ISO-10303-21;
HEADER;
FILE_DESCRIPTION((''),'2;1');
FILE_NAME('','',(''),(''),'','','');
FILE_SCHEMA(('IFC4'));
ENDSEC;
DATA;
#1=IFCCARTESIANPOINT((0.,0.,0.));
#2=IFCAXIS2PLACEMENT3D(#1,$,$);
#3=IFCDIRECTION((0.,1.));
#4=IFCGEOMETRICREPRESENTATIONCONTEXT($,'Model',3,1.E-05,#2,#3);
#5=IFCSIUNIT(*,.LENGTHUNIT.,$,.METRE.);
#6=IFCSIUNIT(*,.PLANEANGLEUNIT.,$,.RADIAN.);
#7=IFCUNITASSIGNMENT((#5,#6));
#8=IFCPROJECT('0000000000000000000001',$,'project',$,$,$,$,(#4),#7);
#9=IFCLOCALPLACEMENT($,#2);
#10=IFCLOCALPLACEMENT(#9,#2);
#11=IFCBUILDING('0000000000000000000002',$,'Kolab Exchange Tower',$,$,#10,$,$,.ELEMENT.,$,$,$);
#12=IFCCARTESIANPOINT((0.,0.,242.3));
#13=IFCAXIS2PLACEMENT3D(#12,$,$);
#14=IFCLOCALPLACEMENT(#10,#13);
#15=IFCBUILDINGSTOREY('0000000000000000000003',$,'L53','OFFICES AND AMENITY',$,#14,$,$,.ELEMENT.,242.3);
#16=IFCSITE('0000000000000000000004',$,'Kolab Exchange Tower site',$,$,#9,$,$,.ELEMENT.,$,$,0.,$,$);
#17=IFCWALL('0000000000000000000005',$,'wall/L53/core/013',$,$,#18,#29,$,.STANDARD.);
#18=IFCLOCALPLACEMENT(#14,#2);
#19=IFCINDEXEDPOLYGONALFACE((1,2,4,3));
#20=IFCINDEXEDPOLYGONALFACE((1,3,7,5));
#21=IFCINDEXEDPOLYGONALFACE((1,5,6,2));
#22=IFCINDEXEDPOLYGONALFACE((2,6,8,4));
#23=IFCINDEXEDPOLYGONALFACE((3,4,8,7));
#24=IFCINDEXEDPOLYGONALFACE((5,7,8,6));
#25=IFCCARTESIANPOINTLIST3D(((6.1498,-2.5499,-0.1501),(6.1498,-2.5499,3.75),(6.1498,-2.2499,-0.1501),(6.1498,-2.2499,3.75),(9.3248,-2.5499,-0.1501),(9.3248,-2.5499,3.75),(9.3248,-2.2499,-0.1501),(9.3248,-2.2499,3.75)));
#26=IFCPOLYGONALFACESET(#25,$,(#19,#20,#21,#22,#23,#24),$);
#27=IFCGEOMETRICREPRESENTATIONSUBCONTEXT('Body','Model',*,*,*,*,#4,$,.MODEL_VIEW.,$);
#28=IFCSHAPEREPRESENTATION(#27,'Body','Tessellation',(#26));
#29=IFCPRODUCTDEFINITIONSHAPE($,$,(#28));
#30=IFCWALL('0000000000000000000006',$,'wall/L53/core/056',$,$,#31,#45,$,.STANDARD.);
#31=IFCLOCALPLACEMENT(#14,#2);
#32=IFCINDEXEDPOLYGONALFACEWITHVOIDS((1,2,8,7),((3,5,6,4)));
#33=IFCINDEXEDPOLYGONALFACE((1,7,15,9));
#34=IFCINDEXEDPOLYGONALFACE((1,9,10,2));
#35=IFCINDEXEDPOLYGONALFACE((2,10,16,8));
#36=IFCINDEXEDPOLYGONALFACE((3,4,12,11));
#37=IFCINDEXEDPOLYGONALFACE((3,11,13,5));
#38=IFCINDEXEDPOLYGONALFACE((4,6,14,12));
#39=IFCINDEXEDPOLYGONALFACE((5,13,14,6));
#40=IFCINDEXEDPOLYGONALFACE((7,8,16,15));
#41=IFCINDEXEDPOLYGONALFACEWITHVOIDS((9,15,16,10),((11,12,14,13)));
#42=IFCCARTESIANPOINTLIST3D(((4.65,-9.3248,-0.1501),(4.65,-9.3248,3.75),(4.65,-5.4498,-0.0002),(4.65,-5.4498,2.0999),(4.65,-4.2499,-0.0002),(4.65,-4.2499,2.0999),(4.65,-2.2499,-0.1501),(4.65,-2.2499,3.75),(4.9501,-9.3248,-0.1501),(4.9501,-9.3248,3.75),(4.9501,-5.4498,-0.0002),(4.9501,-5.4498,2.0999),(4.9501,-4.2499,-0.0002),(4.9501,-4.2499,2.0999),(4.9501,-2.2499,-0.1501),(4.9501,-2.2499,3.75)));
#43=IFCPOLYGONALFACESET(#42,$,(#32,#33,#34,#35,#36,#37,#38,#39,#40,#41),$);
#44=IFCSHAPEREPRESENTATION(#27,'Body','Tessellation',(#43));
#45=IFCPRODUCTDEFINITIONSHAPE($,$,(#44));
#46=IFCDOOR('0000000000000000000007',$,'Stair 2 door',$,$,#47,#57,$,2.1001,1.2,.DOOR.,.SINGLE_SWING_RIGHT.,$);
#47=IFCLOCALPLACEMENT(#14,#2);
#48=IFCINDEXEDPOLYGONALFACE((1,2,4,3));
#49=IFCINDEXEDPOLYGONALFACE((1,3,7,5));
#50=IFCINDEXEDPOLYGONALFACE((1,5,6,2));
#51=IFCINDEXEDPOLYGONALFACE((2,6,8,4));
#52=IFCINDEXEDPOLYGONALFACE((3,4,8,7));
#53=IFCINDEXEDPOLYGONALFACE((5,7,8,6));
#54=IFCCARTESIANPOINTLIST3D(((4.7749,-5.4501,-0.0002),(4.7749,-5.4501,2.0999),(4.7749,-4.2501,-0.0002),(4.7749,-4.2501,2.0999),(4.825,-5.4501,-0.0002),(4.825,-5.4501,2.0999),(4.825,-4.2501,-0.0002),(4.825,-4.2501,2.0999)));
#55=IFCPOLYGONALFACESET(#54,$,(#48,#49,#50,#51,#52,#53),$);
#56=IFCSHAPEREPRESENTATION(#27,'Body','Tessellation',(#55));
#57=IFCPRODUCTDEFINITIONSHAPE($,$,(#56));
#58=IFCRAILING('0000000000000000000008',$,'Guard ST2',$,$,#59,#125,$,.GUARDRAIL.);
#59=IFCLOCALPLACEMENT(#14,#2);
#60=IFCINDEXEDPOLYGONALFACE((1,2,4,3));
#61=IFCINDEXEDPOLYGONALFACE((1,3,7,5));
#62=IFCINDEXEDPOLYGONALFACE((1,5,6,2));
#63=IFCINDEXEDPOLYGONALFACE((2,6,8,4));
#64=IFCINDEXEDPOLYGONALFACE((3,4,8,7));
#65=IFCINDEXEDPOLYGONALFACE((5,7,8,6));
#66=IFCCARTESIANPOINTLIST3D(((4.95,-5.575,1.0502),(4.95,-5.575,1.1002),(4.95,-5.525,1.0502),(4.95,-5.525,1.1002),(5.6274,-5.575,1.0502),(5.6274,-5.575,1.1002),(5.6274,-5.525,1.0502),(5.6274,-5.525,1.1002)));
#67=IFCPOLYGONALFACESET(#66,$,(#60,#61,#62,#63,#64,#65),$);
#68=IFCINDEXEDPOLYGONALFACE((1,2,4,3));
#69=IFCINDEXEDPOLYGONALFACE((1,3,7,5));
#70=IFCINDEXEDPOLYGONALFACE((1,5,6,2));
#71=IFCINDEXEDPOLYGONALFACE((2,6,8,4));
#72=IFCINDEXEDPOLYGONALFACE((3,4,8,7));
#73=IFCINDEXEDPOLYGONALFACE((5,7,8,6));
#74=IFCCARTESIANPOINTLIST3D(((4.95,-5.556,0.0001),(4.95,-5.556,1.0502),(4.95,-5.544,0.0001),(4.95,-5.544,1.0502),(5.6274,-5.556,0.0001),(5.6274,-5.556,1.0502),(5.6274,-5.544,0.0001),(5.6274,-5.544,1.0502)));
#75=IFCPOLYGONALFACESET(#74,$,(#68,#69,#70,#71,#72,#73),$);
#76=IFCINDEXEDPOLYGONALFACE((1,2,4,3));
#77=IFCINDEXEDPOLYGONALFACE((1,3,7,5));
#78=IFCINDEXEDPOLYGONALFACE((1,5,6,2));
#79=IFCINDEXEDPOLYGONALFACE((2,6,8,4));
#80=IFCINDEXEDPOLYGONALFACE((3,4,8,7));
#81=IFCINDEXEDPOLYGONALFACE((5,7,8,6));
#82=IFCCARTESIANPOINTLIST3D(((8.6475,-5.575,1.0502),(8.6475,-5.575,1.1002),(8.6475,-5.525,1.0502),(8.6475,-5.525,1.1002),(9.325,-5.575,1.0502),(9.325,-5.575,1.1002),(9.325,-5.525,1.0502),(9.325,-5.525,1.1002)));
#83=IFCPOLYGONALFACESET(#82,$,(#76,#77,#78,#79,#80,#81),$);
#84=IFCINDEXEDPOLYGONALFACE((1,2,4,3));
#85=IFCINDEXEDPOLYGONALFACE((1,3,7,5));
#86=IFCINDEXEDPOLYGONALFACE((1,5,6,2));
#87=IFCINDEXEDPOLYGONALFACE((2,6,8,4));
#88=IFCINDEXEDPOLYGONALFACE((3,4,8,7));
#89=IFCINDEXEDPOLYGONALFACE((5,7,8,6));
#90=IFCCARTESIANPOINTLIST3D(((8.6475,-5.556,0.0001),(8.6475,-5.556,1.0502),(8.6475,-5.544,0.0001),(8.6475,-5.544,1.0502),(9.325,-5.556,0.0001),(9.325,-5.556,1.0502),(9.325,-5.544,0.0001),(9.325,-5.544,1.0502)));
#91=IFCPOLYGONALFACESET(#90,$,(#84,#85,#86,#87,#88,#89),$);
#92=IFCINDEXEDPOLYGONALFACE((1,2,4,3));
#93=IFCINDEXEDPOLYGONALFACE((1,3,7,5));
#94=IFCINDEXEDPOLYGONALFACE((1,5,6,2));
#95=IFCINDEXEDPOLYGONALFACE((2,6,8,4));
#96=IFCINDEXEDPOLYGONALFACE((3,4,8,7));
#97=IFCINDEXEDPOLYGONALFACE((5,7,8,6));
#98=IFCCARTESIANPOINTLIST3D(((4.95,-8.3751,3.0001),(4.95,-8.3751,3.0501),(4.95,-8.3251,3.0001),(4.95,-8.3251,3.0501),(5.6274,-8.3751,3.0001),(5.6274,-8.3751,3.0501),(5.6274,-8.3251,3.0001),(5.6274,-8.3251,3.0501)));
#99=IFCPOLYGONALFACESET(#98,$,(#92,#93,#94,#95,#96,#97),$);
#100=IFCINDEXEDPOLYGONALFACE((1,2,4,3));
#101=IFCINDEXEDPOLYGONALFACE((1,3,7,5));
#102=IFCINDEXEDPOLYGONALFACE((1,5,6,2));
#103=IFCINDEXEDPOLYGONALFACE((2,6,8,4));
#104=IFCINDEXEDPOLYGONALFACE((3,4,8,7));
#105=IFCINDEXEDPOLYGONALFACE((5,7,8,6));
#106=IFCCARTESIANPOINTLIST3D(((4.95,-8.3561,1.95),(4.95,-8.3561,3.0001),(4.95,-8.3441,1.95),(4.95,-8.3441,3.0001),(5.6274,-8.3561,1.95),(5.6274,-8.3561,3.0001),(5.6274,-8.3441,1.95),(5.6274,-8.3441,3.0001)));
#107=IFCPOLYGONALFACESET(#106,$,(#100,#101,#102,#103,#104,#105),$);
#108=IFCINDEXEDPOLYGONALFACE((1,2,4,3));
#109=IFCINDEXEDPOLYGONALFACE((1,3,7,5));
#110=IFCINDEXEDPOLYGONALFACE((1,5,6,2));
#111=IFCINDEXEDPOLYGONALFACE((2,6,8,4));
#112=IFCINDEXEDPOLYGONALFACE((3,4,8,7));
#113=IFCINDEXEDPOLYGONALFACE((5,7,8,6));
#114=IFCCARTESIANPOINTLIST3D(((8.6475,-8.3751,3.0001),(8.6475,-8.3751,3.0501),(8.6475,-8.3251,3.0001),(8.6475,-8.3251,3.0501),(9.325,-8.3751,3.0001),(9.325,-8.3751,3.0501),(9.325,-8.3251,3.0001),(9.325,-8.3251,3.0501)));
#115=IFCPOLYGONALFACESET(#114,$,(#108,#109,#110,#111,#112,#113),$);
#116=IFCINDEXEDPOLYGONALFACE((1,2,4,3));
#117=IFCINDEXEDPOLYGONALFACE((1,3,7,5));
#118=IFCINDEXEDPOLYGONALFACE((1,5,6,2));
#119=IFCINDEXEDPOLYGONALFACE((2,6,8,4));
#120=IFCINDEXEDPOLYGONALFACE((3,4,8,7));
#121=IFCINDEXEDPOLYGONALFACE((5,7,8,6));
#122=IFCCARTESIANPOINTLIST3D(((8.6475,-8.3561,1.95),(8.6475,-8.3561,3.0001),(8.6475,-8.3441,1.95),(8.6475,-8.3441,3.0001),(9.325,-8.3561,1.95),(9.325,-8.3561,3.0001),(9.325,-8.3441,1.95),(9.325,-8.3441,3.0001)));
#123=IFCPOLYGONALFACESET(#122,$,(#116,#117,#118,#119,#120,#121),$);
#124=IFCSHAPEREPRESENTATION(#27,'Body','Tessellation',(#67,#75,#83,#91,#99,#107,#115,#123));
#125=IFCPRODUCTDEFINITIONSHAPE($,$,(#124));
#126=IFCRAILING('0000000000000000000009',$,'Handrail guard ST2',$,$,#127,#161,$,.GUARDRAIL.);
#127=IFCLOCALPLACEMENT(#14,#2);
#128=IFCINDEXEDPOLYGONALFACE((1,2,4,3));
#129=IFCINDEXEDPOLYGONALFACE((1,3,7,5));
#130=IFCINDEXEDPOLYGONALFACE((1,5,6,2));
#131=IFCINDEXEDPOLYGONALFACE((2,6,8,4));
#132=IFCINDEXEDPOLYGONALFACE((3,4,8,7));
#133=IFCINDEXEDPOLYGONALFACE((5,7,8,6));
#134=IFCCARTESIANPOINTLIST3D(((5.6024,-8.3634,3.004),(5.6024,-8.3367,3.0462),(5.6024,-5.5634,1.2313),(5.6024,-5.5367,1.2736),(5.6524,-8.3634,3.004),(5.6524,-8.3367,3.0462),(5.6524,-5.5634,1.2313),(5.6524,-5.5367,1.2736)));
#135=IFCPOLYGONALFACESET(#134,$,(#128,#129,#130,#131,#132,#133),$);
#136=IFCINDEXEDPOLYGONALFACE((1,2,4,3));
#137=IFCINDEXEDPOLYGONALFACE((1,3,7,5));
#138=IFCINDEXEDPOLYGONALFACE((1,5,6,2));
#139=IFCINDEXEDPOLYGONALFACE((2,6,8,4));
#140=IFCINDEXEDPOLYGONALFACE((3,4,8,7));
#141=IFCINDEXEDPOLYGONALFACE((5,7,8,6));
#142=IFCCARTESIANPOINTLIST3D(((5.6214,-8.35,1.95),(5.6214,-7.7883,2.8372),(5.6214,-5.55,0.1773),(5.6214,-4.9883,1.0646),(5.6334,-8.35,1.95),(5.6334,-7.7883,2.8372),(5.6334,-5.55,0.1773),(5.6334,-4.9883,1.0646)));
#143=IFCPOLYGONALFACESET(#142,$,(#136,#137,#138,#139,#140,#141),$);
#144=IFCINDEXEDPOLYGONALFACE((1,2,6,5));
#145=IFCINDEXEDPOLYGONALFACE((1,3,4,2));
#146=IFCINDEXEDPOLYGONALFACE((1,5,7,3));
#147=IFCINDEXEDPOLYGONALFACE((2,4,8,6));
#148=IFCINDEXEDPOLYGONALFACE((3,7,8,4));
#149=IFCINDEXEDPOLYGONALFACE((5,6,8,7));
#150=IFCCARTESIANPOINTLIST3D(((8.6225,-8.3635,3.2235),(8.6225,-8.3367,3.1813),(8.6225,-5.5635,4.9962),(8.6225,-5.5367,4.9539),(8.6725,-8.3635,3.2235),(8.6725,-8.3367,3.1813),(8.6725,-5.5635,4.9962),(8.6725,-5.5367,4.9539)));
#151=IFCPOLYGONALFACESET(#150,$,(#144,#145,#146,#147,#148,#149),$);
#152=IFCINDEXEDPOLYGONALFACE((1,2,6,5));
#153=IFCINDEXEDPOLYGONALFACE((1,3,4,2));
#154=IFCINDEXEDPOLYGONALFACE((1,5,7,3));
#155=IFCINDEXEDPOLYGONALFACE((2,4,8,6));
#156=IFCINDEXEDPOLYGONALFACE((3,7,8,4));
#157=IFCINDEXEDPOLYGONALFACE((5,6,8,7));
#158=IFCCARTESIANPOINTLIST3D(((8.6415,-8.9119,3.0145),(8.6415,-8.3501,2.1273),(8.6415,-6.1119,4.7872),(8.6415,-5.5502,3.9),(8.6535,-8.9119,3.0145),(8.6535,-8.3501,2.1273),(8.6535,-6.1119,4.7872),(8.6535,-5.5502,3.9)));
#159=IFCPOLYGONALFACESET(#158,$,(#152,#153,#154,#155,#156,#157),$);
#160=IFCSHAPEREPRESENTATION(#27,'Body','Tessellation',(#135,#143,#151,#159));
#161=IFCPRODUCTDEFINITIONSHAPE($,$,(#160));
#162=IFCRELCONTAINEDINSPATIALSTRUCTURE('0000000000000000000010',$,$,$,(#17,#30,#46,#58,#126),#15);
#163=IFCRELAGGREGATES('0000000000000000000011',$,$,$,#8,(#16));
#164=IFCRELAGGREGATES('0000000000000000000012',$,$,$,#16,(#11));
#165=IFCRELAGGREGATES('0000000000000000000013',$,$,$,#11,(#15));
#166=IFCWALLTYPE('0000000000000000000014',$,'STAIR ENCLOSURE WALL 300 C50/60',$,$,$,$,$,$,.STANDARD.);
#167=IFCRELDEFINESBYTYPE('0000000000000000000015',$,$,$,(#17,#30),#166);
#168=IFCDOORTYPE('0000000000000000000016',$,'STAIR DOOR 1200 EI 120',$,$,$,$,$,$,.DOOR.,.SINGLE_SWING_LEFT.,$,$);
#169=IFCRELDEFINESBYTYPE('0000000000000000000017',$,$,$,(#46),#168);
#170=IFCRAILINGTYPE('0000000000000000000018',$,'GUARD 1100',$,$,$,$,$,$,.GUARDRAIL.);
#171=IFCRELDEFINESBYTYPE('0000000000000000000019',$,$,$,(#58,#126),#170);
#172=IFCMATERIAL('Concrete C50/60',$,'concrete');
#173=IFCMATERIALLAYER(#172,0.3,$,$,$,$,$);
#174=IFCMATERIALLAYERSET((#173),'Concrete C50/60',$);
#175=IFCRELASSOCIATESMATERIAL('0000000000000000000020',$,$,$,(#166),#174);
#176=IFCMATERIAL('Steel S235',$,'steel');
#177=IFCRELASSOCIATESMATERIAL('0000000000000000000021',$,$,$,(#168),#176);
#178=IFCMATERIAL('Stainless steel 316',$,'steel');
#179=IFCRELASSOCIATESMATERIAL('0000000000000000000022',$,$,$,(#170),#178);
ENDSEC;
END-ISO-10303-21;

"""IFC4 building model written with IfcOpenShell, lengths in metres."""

from ifc_helpers import new_model, si_unit, direction, frame, frame_2d, origin, origin_2d, place, context, subcontext, project, spatial, rectangle, extrude, material, layer, layer_set, type_object, element, fill, save


model = new_model("IFC4")

# Units and contexts
model_context = context("Model", 3, precision=1e-05, world=origin(), true_north=direction((0.0, 1.0)))
body_context = subcontext(model_context, "Body", "Model", "MODEL_VIEW")
ifc_project = project(units=[si_unit("LENGTHUNIT", "METRE"), si_unit("PLANEANGLEUNIT", "RADIAN")], contexts=[model_context])

# Site, building, storey
site_placement = place(None, origin())
site = spatial("IfcSite", under=ifc_project, at=site_placement, Name="Kolab Exchange Tower site", CompositionType="ELEMENT", RefElevation=0.0)
building_placement = place(site_placement, origin())
building = spatial("IfcBuilding", under=site, at=building_placement, Name="Kolab Exchange Tower", CompositionType="ELEMENT")
storey_placement = place(building_placement, frame((0.0, 0.0, 242.3)))
storey = spatial("IfcBuildingStorey", under=building, at=storey_placement, Name="L53", Description="OFFICES AND AMENITY", CompositionType="ELEMENT", Elevation=242.3)

# Shared definitions
ifc_material_1 = material(Name="Concrete C50/60", Category="concrete")
ifc_material_2 = material(Name="Stainless steel 316", Category="steel")

# Shared definitions
ifc_material_3 = material(Name="Steel S235", Category="steel")

# Wall
ifc_layer_1 = layer(ifc_material_1, 0.3)
ifc_layer_set_1 = layer_set([ifc_layer_1], Name="Concrete C50/60")
wall_type_1 = type_object("IfcWallType", Name="STAIR ENCLOSURE WALL 300 C50/60", PredefinedType="STANDARD", material=ifc_layer_set_1)
wall_1_placement = place(storey_placement, frame((6.1499, -2.3999, -0.1501), z_axis=(0.0, 0.0, 1.0), x_axis=(1.0, 0.0, 0.0)))
element("IfcWall", 1, at=wall_1_placement, inside=storey, type_object=wall_type_1, Name="wall/L53/core/013", PredefinedType="STANDARD", context=body_context, shape_type="SweptSolid", body=[
    extrude(rectangle(XDim=3.175, YDim=0.3, at=frame_2d((1.5874, 0.0))), origin(), (0.0, 0.0, 1.0), 3.9001),
])

# Wall, opening, door
wall_2_placement = place(storey_placement, frame((4.8, -9.325, -0.1501), z_axis=(0.0, 0.0, 1.0), x_axis=(0.0, 1.0, 0.0)))
wall_2 = element("IfcWall", 2, at=wall_2_placement, inside=storey, type_object=wall_type_1, Name="wall/L53/core/056", PredefinedType="STANDARD", context=body_context, shape_type="SweptSolid", body=[
    extrude(rectangle(XDim=7.075, YDim=0.3, at=frame_2d((3.5376, 0.0))), origin(), (0.0, 0.0, 1.0), 3.9001),
])
opening_1_placement = place(wall_2_placement, frame((3.875, 0.0, 0.1499)))
opening_1 = element("IfcOpeningElement", 3, at=opening_1_placement, cuts=wall_2, PredefinedType="OPENING", context=body_context, shape_type="SweptSolid", body=[
    extrude(rectangle(XDim=1.2, YDim=2.1001, at=frame_2d((0.6001, 1.05))), frame((0.0, 0.1602, 0.0), z_axis=(0.0, -1.0, 0.0), x_axis=(1.0, 0.0, 0.0)), (0.0, 0.0, 1.0), 0.3201),
])
door_type_1 = type_object("IfcDoorType", Name="STAIR DOOR 1200 EI 120", OperationType="SINGLE_SWING_LEFT", PredefinedType="DOOR", material=ifc_material_3)
door_1_placement = place(opening_1_placement, frame((1.2, 0.0, 0.0), z_axis=(0.0, 0.0, 1.0), x_axis=(-1.0, 0.0, 0.0)))
door_1 = element("IfcDoor", 4, at=door_1_placement, inside=storey, type_object=door_type_1, Name="Stair 2 door", OperationType="SINGLE_SWING_RIGHT", OverallHeight=2.1001, OverallWidth=1.2, PredefinedType="DOOR", context=body_context, shape_type="SweptSolid", body=[
    extrude(rectangle(XDim=1.2, YDim=2.1001, at=frame_2d((0.6001, 1.05))), frame((0.0, 0.0249, 0.0), z_axis=(0.0, -1.0, 0.0), x_axis=(1.0, 0.0, 0.0)), (0.0, 0.0, 1.0), 0.05),
])
fill(opening_1, door_1)

# Railings
railing_type = type_object("IfcRailingType", Name="GUARD 1100", PredefinedType="GUARDRAIL", material=ifc_material_2)
railing_1_placement = place(storey_placement, frame((4.95, -5.55, 0.0)))
element("IfcRailing", 5, at=railing_1_placement, inside=storey, type_object=railing_type, Name="Guard ST2", PredefinedType="GUARDRAIL", context=body_context, shape_type="SweptSolid", body=[
    extrude(rectangle(XDim=0.05, YDim=0.05, at=origin_2d()), frame((0.0, 0.0, 1.0752), z_axis=(1.0, 0.0, 0.0), x_axis=(0.0, 1.0, 0.0)), (0.0, 0.0, 1.0), 0.6775),
    extrude(rectangle(XDim=0.012, YDim=1.0501, at=frame_2d((0.0, 0.5251))), frame((0.0, 0.0, 0.0), z_axis=(1.0, 0.0, 0.0), x_axis=(0.0, 1.0, 0.0)), (0.0, 0.0, 1.0), 0.6775),
    extrude(rectangle(XDim=0.05, YDim=0.05, at=origin_2d()), frame((3.6975, 0.0, 1.0752), z_axis=(1.0, 0.0, 0.0), x_axis=(0.0, 1.0, 0.0)), (0.0, 0.0, 1.0), 0.6775),
    extrude(rectangle(XDim=0.012, YDim=1.0501, at=frame_2d((0.0, 0.5251))), frame((3.6975, 0.0, 0.0), z_axis=(1.0, 0.0, 0.0), x_axis=(0.0, 1.0, 0.0)), (0.0, 0.0, 1.0), 0.6775),
    extrude(rectangle(XDim=0.05, YDim=0.05, at=origin_2d()), frame((0.0, -2.8, 3.0251), z_axis=(1.0, 0.0, 0.0), x_axis=(0.0, 1.0, 0.0)), (0.0, 0.0, 1.0), 0.6775),
    extrude(rectangle(XDim=0.012, YDim=1.0501, at=frame_2d((0.0, 0.5251))), frame((0.0, -2.8, 1.95), z_axis=(1.0, 0.0, 0.0), x_axis=(0.0, 1.0, 0.0)), (0.0, 0.0, 1.0), 0.6775),
    extrude(rectangle(XDim=0.05, YDim=0.05, at=origin_2d()), frame((3.6975, -2.8, 3.0251), z_axis=(1.0, 0.0, 0.0), x_axis=(0.0, 1.0, 0.0)), (0.0, 0.0, 1.0), 0.6775),
    extrude(rectangle(XDim=0.012, YDim=1.0501, at=frame_2d((0.0, 0.5251))), frame((3.6975, -2.8, 1.95), z_axis=(1.0, 0.0, 0.0), x_axis=(0.0, 1.0, 0.0)), (0.0, 0.0, 1.0), 0.6775),
])
railing_2_placement = place(storey_placement, frame((5.6274, -5.55, 0.1772)))
element("IfcRailing", 6, at=railing_2_placement, inside=storey, type_object=railing_type, Name="Handrail guard ST2", PredefinedType="GUARDRAIL", context=body_context, shape_type="SweptSolid", body=[
    extrude(rectangle(XDim=0.05, YDim=0.05, at=origin_2d()), frame((0.0, 0.0, 1.0752), z_axis=(0.0, -0.844909, 0.53491), x_axis=(1.0, 0.0, 0.0)), (0.0, 0.0, 1.0), 3.314),
    extrude(rectangle(XDim=0.012, YDim=1.0501, at=frame_2d((0.0, 0.5251))), frame((0.0, 0.0, 0.0), z_axis=(0.0, -0.844909, 0.53491), x_axis=(1.0, 0.0, 0.0)), (0.0, 0.0, 1.0), 3.314),
    extrude(rectangle(XDim=0.05, YDim=0.05, at=origin_2d()), frame((3.02, -2.8, 3.0251), z_axis=(0.0, 0.844909, 0.53491), x_axis=(-1.0, 0.0, 0.0)), (0.0, 0.0, 1.0), 3.314),
    extrude(rectangle(XDim=0.012, YDim=1.0501, at=frame_2d((0.0, 0.5251))), frame((3.02, -2.8, 1.95), z_axis=(0.0, 0.844909, 0.53491), x_axis=(-1.0, 0.0, 0.0)), (0.0, 0.0, 1.0), 3.314),
])

save(model, "model.ifc")
